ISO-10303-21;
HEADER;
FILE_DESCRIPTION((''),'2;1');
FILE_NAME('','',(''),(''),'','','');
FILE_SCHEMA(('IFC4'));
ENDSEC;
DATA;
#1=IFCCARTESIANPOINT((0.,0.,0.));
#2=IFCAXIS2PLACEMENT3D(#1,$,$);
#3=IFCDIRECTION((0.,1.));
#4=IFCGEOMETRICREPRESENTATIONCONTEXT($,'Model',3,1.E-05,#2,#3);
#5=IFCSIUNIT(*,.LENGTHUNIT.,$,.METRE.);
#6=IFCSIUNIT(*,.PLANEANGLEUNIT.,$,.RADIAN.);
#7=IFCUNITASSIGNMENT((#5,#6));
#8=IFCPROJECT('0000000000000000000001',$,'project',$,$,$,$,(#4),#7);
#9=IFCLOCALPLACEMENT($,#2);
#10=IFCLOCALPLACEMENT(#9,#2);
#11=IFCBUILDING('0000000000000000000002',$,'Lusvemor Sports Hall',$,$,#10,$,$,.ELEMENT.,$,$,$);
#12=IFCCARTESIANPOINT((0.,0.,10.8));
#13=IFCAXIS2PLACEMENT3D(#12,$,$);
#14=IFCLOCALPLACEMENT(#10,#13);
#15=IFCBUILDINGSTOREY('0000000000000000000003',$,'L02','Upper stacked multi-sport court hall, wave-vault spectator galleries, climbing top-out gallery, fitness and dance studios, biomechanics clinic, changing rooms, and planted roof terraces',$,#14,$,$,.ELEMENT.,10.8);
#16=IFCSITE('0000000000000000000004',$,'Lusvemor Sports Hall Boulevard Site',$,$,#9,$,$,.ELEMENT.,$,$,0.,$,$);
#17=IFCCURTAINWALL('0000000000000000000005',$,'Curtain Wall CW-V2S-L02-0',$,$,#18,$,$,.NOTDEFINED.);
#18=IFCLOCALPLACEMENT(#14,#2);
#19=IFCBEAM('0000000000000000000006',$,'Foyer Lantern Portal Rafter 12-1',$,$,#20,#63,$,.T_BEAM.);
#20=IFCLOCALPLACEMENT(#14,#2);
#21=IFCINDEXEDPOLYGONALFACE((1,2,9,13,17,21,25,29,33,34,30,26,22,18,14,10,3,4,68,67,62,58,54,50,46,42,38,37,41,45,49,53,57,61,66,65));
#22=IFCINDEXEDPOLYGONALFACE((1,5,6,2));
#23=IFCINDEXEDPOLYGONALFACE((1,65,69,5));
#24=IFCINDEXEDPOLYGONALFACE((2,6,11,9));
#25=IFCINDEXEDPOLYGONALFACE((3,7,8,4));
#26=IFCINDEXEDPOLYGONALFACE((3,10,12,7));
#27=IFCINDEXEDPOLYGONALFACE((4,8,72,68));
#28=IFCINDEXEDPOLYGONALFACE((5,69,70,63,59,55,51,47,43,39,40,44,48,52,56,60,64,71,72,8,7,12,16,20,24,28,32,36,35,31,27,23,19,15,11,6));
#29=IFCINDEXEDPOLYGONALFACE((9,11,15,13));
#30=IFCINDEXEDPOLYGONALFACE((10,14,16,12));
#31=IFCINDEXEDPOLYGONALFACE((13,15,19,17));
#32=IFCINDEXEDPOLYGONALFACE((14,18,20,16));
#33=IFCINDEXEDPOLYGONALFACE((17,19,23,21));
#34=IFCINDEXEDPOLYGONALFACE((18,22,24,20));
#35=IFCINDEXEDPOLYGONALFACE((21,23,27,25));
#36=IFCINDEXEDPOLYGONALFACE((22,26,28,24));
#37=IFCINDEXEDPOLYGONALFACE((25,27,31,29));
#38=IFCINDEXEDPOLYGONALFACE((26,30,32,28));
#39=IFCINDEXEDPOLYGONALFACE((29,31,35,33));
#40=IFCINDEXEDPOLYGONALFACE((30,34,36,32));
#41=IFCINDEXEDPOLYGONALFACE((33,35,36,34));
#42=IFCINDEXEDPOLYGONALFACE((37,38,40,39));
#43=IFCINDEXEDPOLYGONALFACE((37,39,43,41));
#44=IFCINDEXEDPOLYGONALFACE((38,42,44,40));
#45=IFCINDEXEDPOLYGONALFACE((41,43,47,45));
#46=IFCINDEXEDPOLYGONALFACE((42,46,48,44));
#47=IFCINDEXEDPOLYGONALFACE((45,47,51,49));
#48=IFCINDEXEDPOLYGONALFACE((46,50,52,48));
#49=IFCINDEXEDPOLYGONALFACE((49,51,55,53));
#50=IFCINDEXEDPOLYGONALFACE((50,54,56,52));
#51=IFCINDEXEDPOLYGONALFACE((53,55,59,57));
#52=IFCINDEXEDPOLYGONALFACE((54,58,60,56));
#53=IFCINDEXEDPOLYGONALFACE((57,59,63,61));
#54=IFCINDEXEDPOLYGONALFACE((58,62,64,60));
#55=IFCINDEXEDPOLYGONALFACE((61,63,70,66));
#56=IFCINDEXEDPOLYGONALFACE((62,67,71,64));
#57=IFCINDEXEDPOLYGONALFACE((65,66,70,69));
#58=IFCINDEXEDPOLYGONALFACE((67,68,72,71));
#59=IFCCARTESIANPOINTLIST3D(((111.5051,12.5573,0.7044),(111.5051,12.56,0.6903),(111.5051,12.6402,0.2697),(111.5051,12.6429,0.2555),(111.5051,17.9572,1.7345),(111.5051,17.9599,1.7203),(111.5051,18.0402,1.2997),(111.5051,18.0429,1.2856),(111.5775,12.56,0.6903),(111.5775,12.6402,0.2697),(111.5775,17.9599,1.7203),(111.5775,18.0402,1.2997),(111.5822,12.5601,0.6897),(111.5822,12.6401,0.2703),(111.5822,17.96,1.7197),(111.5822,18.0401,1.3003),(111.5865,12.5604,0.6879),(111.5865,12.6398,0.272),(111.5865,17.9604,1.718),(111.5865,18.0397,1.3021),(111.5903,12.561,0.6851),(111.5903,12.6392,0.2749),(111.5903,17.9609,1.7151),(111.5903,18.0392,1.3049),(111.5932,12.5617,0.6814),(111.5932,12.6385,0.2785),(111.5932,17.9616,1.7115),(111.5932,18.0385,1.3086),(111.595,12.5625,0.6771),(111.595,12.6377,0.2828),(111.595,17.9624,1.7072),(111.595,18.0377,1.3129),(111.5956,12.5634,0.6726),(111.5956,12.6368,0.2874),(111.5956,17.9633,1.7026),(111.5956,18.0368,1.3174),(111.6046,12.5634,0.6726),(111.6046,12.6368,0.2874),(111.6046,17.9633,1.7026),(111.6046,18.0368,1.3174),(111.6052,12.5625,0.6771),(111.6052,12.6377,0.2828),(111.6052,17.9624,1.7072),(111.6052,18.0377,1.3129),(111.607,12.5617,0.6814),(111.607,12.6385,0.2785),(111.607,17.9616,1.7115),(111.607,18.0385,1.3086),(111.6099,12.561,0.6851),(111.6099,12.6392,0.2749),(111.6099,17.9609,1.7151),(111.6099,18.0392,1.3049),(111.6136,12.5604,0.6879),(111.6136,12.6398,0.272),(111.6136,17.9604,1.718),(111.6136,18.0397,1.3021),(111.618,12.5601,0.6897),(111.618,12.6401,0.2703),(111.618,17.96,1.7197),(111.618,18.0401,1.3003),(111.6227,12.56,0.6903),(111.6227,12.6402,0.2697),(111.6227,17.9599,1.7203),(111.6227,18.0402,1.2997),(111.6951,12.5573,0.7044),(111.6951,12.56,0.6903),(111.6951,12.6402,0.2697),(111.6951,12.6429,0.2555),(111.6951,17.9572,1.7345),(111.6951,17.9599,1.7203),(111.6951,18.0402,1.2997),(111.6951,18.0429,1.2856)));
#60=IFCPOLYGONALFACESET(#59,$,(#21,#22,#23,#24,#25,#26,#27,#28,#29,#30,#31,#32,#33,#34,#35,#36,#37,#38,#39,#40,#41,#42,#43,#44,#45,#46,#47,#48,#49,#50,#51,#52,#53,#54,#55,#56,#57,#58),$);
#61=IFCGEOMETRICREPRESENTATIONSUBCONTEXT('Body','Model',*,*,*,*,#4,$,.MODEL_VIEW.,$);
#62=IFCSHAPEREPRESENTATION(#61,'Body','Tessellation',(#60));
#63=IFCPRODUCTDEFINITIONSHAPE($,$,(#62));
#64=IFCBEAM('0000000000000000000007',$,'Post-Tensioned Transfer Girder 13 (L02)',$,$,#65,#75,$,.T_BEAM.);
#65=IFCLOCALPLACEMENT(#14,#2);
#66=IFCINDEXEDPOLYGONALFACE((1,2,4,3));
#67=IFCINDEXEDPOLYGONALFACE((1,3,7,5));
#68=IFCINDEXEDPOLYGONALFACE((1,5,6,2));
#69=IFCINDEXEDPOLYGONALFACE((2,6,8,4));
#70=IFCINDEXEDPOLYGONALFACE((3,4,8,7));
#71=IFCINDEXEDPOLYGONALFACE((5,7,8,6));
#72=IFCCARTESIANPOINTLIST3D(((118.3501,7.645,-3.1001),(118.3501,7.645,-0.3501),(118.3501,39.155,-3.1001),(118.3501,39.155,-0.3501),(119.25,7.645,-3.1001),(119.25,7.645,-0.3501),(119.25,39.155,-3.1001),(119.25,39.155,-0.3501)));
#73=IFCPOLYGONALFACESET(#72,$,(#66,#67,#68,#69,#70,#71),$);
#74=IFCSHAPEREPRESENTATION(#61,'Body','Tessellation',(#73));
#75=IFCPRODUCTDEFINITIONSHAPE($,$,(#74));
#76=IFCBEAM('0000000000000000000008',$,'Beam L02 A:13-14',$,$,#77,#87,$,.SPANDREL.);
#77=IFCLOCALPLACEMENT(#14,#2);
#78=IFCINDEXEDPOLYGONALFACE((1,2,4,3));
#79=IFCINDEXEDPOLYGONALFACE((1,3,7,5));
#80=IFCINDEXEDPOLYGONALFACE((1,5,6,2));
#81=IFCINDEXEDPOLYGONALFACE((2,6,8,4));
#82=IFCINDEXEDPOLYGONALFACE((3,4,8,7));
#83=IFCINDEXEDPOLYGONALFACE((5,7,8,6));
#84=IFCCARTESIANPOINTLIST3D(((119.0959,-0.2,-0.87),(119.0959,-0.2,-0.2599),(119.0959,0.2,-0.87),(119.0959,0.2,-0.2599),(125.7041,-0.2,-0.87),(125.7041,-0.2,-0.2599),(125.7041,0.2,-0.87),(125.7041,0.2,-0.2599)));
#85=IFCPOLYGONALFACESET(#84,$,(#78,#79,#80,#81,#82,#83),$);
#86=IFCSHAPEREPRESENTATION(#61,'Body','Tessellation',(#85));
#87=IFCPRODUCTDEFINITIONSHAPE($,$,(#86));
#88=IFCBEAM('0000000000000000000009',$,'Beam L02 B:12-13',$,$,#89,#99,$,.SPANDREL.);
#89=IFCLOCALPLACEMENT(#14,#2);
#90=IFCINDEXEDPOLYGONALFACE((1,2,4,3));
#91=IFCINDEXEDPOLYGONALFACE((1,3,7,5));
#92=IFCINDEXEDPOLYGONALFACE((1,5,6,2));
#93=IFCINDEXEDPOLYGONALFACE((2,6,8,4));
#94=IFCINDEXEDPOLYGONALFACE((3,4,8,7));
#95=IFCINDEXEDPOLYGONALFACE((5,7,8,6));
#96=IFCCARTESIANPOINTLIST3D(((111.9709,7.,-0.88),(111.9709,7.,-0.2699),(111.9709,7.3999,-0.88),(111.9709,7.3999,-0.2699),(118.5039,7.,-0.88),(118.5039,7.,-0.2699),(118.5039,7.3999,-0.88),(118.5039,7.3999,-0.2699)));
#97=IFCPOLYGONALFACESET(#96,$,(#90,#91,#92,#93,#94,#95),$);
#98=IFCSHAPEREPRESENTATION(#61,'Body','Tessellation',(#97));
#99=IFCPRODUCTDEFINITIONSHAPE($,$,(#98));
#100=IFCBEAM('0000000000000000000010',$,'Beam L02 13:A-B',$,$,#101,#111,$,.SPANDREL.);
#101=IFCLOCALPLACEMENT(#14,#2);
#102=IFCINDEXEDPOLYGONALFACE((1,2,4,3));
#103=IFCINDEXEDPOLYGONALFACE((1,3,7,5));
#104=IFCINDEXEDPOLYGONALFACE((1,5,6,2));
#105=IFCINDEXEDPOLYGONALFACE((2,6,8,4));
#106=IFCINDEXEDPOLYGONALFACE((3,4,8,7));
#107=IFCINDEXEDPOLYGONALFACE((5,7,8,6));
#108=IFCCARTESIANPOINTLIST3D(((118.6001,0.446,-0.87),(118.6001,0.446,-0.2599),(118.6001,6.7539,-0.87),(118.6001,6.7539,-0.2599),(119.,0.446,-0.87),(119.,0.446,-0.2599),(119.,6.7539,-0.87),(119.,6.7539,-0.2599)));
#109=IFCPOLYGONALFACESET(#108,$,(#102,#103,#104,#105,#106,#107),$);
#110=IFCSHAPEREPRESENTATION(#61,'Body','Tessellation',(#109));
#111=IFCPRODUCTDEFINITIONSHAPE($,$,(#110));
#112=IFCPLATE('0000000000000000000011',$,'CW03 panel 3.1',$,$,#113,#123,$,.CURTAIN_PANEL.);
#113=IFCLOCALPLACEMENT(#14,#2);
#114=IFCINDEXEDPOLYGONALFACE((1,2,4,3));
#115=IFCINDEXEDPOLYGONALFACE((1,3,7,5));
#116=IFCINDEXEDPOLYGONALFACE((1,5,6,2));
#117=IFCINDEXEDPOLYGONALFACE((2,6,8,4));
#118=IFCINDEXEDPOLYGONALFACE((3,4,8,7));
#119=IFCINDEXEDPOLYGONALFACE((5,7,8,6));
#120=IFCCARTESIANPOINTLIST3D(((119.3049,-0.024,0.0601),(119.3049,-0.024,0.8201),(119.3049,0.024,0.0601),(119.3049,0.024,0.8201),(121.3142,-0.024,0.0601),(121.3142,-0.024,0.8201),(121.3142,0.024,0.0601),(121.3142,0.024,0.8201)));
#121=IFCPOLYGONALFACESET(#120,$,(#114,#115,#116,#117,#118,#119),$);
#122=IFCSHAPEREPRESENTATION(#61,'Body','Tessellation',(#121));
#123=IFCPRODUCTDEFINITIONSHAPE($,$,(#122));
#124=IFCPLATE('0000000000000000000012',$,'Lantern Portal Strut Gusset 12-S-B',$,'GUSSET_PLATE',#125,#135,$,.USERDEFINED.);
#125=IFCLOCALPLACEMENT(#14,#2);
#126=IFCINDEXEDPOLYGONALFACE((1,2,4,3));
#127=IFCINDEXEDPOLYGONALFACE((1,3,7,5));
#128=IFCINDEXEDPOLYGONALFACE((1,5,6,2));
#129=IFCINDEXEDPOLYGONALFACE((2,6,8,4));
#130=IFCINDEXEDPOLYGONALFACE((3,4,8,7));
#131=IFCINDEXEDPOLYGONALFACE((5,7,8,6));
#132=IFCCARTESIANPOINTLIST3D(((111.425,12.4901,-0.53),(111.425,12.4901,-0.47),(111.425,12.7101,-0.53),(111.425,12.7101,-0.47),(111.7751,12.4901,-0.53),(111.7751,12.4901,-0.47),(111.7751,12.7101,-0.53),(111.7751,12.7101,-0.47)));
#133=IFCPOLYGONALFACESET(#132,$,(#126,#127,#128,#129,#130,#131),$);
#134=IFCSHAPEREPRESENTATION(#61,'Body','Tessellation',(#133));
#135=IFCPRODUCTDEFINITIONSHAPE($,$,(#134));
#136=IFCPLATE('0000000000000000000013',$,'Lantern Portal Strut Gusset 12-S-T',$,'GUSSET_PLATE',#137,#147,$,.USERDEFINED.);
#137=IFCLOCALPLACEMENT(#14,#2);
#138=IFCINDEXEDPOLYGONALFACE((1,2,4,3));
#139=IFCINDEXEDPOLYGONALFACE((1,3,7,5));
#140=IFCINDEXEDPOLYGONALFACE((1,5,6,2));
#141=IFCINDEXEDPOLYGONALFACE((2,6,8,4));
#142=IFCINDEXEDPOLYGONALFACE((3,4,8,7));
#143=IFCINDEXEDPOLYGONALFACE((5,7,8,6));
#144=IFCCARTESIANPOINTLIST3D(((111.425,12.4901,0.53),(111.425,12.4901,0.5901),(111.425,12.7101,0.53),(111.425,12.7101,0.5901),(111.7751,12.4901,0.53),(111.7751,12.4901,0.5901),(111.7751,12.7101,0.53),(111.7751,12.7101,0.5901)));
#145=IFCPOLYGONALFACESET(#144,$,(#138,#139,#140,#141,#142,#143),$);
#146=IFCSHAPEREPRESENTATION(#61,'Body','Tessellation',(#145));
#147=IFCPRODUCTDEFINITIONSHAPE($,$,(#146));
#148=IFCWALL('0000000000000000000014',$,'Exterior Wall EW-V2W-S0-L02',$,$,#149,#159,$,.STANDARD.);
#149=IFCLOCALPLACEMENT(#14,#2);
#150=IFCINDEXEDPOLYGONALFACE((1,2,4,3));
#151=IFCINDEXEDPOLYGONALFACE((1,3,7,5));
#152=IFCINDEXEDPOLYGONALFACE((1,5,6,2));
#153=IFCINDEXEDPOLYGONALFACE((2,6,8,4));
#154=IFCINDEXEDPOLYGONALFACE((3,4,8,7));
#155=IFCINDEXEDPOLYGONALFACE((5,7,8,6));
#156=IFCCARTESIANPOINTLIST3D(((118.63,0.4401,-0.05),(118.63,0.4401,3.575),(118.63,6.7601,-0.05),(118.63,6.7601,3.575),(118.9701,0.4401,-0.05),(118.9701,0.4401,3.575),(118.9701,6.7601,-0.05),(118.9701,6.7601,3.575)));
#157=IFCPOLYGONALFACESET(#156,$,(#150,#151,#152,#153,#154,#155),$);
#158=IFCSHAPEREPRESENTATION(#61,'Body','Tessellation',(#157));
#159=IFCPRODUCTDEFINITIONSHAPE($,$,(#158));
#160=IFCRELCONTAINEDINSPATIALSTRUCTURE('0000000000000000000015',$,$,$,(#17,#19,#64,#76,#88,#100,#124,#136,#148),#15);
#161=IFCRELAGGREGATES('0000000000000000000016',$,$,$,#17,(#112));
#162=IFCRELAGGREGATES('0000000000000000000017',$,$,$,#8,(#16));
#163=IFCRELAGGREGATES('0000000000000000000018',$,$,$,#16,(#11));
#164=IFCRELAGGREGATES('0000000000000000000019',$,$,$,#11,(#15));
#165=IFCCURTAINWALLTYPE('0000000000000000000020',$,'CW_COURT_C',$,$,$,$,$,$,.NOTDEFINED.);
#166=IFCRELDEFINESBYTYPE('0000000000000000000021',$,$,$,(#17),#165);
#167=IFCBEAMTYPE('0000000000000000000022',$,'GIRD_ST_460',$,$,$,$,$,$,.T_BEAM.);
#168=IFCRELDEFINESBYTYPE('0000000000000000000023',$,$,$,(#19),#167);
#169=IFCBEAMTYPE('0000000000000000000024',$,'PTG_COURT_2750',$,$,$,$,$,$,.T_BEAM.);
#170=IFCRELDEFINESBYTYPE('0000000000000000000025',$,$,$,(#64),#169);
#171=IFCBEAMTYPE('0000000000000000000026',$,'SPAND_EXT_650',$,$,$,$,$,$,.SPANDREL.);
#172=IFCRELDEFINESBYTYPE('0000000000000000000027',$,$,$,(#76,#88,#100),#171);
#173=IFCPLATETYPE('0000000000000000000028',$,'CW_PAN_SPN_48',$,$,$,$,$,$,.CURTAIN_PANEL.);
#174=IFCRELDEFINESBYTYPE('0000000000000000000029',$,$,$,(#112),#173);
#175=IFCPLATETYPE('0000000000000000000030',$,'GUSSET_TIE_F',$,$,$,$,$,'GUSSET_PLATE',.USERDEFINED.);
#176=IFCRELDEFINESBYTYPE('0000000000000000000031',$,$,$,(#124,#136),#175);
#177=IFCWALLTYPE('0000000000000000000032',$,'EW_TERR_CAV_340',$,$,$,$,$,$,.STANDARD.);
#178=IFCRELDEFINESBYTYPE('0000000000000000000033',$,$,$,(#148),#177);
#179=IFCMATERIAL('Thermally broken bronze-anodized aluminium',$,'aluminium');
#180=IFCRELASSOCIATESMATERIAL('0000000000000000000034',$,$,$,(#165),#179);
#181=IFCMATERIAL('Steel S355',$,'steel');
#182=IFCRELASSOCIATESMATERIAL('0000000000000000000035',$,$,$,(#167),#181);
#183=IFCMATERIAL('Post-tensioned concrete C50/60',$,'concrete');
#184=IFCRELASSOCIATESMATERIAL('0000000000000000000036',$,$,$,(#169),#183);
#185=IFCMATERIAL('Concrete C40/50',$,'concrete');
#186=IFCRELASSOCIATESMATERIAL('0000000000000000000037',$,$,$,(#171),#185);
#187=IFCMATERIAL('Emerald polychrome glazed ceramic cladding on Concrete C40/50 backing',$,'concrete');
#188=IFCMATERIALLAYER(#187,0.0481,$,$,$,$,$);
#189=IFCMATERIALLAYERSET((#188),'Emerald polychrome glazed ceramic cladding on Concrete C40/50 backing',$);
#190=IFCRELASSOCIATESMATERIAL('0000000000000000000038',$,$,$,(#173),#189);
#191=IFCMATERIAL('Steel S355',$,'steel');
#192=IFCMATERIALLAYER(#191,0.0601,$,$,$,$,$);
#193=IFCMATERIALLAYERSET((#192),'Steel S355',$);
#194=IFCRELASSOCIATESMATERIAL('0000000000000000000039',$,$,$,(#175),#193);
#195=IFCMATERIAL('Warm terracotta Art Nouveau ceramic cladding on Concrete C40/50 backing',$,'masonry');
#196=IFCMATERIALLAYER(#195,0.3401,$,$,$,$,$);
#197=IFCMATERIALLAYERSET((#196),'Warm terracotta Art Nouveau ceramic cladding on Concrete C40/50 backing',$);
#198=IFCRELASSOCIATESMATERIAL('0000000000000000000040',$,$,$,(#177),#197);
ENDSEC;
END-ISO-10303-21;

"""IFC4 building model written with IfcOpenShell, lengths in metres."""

from ifc_helpers import new_model, si_unit, direction, frame, frame_2d, origin, origin_2d, place, context, subcontext, project, spatial, rectangle, i_section, extrude, material, layer, layer_set, material_profile, profile_set, type_object, element, aggregate, save


model = new_model("IFC4")

# Units and contexts
model_context = context("Model", 3, precision=1e-05, world=origin(), true_north=direction((0.0, 1.0)))
body_context = subcontext(model_context, "Body", "Model", "MODEL_VIEW")
ifc_project = project(units=[si_unit("LENGTHUNIT", "METRE"), si_unit("PLANEANGLEUNIT", "RADIAN")], contexts=[model_context])

# Site, building, storey
site_placement = place(None, origin())
site = spatial("IfcSite", under=ifc_project, at=site_placement, Name="Lusvemor Sports Hall Boulevard Site", CompositionType="ELEMENT", RefElevation=0.0)
building_placement = place(site_placement, origin())
building = spatial("IfcBuilding", under=site, at=building_placement, Name="Lusvemor Sports Hall", CompositionType="ELEMENT")
storey_placement = place(building_placement, frame((0.0, 0.0, 10.8)))
storey = spatial("IfcBuildingStorey", under=building, at=storey_placement, Name="L02", Description="Upper stacked multi-sport court hall, wave-vault spectator galleries, climbing top-out gallery, fitness and dance studios, biomechanics clinic, changing rooms, and planted roof terraces", CompositionType="ELEMENT", Elevation=10.8)

# Curtain wall
ifc_material_1 = material(Name="Thermally broken bronze-anodized aluminium", Category="aluminium")
curtain_wall_type = type_object("IfcCurtainWallType", Name="CW_COURT_C", PredefinedType="NOTDEFINED", material=ifc_material_1)
curtain_wall_placement = place(storey_placement, origin())
curtain_wall = element("IfcCurtainWall", 1, at=curtain_wall_placement, inside=storey, type_object=curtain_wall_type, Name="Curtain Wall CW-V2S-L02-0", PredefinedType="NOTDEFINED")

# Beams
ifc_material_2 = material(Name="Steel S355", Category="steel")
ifc_material_profile_1 = material_profile(ifc_material_2, i_section(OverallWidth=0.1899, OverallDepth=0.457, WebThickness=0.009, FlangeThickness=0.0144, FilletRadius=0.0181, at=origin_2d()), Name="W460x74.0")
ifc_profile_set_1 = profile_set([ifc_material_profile_1], Name="Steel S355")
beam_type_1 = type_object("IfcBeamType", Name="GIRD_ST_460", PredefinedType="T_BEAM", material=ifc_profile_set_1)
beam_1_placement = place(storey_placement, frame((111.6001, 12.6001, 0.48), z_axis=(0.0, 0.982289, 0.187371), x_axis=(-1.0, 0.0, 0.0)))
element("IfcBeam", 2, at=beam_1_placement, inside=storey, type_object=beam_type_1, Name="Foyer Lantern Portal Rafter 12-1", PredefinedType="T_BEAM", context=body_context, shape_type="SweptSolid", body=[
    extrude(i_section(OverallWidth=0.1899, OverallDepth=0.457, WebThickness=0.009, FlangeThickness=0.0144, FilletRadius=0.0181, at=origin_2d()), origin(), (0.0, 0.0, 1.0), 5.4973),
])
ifc_material_3 = material(Name="Post-tensioned concrete C50/60", Category="concrete")
ifc_material_profile_2 = material_profile(ifc_material_3, rectangle(XDim=0.8999, YDim=2.75, at=origin_2d()), Name="PT900x2750")
ifc_profile_set_2 = profile_set([ifc_material_profile_2], Name="Post-tensioned concrete C50/60")
beam_type_2 = type_object("IfcBeamType", Name="PTG_COURT_2750", PredefinedType="T_BEAM", material=ifc_profile_set_2)
beam_2_placement = place(storey_placement, frame((118.8, 7.645, -1.7251), z_axis=(0.0, 1.0, 0.0), x_axis=(-1.0, 0.0, 0.0)))
element("IfcBeam", 3, at=beam_2_placement, inside=storey, type_object=beam_type_2, Name="Post-Tensioned Transfer Girder 13 (L02)", PredefinedType="T_BEAM", context=body_context, shape_type="SweptSolid", body=[
    extrude(rectangle(XDim=0.8999, YDim=2.75, at=origin_2d()), origin(), (0.0, 0.0, 1.0), 31.51),
])
ifc_material_4 = material(Name="Concrete C40/50", Category="concrete")
ifc_material_profile_3 = material_profile(ifc_material_4, rectangle(XDim=0.3999, YDim=0.6101, at=origin_2d()), Name="RC400x610")
ifc_profile_set_3 = profile_set([ifc_material_profile_3], Name="Concrete C40/50")
beam_type_3 = type_object("IfcBeamType", Name="SPAND_EXT_650", PredefinedType="SPANDREL", material=ifc_profile_set_3)
beam_3_placement = place(storey_placement, frame((119.0959, 0.0, -0.5649), z_axis=(1.0, 0.0, 0.0), x_axis=(0.0, 1.0, 0.0)))
element("IfcBeam", 4, at=beam_3_placement, inside=storey, type_object=beam_type_3, Name="Beam L02 A:13-14", PredefinedType="SPANDREL", context=body_context, shape_type="SweptSolid", body=[
    extrude(rectangle(XDim=0.3999, YDim=0.6101, at=origin_2d()), origin(), (0.0, 0.0, 1.0), 6.6082),
])
beam_4_placement = place(storey_placement, frame((111.9709, 7.2, -0.575), z_axis=(1.0, 0.0, 0.0), x_axis=(0.0, 1.0, 0.0)))
element("IfcBeam", 5, at=beam_4_placement, inside=storey, type_object=beam_type_3, Name="Beam L02 B:12-13", PredefinedType="SPANDREL", context=body_context, shape_type="SweptSolid", body=[
    extrude(rectangle(XDim=0.3999, YDim=0.6101, at=origin_2d()), origin(), (0.0, 0.0, 1.0), 6.533),
])
beam_5_placement = place(storey_placement, frame((118.8, 0.446, -0.5649), z_axis=(0.0, 1.0, 0.0), x_axis=(-1.0, 0.0, 0.0)))
element("IfcBeam", 6, at=beam_5_placement, inside=storey, type_object=beam_type_3, Name="Beam L02 13:A-B", PredefinedType="SPANDREL", context=body_context, shape_type="SweptSolid", body=[
    extrude(rectangle(XDim=0.3999, YDim=0.6101, at=origin_2d()), origin(), (0.0, 0.0, 1.0), 6.3079),
])

# Plate
ifc_material_5 = material(Name="Emerald polychrome glazed ceramic cladding on Concrete C40/50 backing", Category="concrete")
ifc_layer_1 = layer(ifc_material_5, 0.0481)
ifc_layer_set_1 = layer_set([ifc_layer_1], Name="Emerald polychrome glazed ceramic cladding on Concrete C40/50 backing")
plate_type_1 = type_object("IfcPlateType", Name="CW_PAN_SPN_48", PredefinedType="CURTAIN_PANEL", material=ifc_layer_set_1)
plate_placement = place(storey_placement, frame((120.3096, 0.0, 0.0601), z_axis=(0.0, 0.0, 1.0), x_axis=(-1.0, 0.0, 0.0)))
plate = element("IfcPlate", 7, at=plate_placement, type_object=plate_type_1, Name="CW03 panel 3.1", PredefinedType="CURTAIN_PANEL", context=body_context, shape_type="SweptSolid", body=[
    extrude(rectangle(XDim=2.0093, YDim=0.0481, at=origin_2d()), origin(), (0.0, 0.0, 1.0), 0.76),
])
aggregate(curtain_wall, [plate])

# Plates
ifc_material_6 = material(Name="Steel S355", Category="steel")
ifc_layer_2 = layer(ifc_material_6, 0.0601)
ifc_layer_set_2 = layer_set([ifc_layer_2], Name="Steel S355")
plate_type_2 = type_object("IfcPlateType", Name="GUSSET_TIE_F", ElementType="GUSSET_PLATE", PredefinedType="USERDEFINED", material=ifc_layer_set_2)
for number, where, z_axis, x_axis, name in (
    (8, (111.6001, 12.6001, -0.53), (0.0, 0.0, 1.0), (1.0, 0.0, 0.0), "Lantern Portal Strut Gusset 12-S-B"),
    (9, (111.6001, 12.6001, 0.53), (0.0, 0.0, 1.0), (1.0, 0.0, 0.0), "Lantern Portal Strut Gusset 12-S-T"),
):
    element("IfcPlate", number, at=place(storey_placement, frame(where, z_axis=z_axis, x_axis=x_axis)), inside=storey, type_object=plate_type_2, Name=name, ObjectType="GUSSET_PLATE", PredefinedType="USERDEFINED", context=body_context, shape_type="SweptSolid", body=[
        extrude(rectangle(XDim=0.3501, YDim=0.22, at=origin_2d()), origin(), (0.0, 0.0, 1.0), 0.0601),
    ])

# Wall
ifc_material_7 = material(Name="Warm terracotta Art Nouveau ceramic cladding on Concrete C40/50 backing", Category="masonry")
ifc_layer_3 = layer(ifc_material_7, 0.3401)
ifc_layer_set_3 = layer_set([ifc_layer_3], Name="Warm terracotta Art Nouveau ceramic cladding on Concrete C40/50 backing")
wall_type_1 = type_object("IfcWallType", Name="EW_TERR_CAV_340", PredefinedType="STANDARD", material=ifc_layer_set_3)
wall_1_placement = place(storey_placement, frame((118.8, 0.4399, -0.05), z_axis=(0.0, 0.0, 1.0), x_axis=(0.0, 1.0, 0.0)))
element("IfcWall", 10, at=wall_1_placement, inside=storey, type_object=wall_type_1, Name="Exterior Wall EW-V2W-S0-L02", PredefinedType="STANDARD", context=body_context, shape_type="SweptSolid", body=[
    extrude(rectangle(XDim=6.3201, YDim=0.3401, at=frame_2d((3.1602, 0.0))), origin(), (0.0, 0.0, 1.0), 3.625),
])

save(model, "model.ifc")
